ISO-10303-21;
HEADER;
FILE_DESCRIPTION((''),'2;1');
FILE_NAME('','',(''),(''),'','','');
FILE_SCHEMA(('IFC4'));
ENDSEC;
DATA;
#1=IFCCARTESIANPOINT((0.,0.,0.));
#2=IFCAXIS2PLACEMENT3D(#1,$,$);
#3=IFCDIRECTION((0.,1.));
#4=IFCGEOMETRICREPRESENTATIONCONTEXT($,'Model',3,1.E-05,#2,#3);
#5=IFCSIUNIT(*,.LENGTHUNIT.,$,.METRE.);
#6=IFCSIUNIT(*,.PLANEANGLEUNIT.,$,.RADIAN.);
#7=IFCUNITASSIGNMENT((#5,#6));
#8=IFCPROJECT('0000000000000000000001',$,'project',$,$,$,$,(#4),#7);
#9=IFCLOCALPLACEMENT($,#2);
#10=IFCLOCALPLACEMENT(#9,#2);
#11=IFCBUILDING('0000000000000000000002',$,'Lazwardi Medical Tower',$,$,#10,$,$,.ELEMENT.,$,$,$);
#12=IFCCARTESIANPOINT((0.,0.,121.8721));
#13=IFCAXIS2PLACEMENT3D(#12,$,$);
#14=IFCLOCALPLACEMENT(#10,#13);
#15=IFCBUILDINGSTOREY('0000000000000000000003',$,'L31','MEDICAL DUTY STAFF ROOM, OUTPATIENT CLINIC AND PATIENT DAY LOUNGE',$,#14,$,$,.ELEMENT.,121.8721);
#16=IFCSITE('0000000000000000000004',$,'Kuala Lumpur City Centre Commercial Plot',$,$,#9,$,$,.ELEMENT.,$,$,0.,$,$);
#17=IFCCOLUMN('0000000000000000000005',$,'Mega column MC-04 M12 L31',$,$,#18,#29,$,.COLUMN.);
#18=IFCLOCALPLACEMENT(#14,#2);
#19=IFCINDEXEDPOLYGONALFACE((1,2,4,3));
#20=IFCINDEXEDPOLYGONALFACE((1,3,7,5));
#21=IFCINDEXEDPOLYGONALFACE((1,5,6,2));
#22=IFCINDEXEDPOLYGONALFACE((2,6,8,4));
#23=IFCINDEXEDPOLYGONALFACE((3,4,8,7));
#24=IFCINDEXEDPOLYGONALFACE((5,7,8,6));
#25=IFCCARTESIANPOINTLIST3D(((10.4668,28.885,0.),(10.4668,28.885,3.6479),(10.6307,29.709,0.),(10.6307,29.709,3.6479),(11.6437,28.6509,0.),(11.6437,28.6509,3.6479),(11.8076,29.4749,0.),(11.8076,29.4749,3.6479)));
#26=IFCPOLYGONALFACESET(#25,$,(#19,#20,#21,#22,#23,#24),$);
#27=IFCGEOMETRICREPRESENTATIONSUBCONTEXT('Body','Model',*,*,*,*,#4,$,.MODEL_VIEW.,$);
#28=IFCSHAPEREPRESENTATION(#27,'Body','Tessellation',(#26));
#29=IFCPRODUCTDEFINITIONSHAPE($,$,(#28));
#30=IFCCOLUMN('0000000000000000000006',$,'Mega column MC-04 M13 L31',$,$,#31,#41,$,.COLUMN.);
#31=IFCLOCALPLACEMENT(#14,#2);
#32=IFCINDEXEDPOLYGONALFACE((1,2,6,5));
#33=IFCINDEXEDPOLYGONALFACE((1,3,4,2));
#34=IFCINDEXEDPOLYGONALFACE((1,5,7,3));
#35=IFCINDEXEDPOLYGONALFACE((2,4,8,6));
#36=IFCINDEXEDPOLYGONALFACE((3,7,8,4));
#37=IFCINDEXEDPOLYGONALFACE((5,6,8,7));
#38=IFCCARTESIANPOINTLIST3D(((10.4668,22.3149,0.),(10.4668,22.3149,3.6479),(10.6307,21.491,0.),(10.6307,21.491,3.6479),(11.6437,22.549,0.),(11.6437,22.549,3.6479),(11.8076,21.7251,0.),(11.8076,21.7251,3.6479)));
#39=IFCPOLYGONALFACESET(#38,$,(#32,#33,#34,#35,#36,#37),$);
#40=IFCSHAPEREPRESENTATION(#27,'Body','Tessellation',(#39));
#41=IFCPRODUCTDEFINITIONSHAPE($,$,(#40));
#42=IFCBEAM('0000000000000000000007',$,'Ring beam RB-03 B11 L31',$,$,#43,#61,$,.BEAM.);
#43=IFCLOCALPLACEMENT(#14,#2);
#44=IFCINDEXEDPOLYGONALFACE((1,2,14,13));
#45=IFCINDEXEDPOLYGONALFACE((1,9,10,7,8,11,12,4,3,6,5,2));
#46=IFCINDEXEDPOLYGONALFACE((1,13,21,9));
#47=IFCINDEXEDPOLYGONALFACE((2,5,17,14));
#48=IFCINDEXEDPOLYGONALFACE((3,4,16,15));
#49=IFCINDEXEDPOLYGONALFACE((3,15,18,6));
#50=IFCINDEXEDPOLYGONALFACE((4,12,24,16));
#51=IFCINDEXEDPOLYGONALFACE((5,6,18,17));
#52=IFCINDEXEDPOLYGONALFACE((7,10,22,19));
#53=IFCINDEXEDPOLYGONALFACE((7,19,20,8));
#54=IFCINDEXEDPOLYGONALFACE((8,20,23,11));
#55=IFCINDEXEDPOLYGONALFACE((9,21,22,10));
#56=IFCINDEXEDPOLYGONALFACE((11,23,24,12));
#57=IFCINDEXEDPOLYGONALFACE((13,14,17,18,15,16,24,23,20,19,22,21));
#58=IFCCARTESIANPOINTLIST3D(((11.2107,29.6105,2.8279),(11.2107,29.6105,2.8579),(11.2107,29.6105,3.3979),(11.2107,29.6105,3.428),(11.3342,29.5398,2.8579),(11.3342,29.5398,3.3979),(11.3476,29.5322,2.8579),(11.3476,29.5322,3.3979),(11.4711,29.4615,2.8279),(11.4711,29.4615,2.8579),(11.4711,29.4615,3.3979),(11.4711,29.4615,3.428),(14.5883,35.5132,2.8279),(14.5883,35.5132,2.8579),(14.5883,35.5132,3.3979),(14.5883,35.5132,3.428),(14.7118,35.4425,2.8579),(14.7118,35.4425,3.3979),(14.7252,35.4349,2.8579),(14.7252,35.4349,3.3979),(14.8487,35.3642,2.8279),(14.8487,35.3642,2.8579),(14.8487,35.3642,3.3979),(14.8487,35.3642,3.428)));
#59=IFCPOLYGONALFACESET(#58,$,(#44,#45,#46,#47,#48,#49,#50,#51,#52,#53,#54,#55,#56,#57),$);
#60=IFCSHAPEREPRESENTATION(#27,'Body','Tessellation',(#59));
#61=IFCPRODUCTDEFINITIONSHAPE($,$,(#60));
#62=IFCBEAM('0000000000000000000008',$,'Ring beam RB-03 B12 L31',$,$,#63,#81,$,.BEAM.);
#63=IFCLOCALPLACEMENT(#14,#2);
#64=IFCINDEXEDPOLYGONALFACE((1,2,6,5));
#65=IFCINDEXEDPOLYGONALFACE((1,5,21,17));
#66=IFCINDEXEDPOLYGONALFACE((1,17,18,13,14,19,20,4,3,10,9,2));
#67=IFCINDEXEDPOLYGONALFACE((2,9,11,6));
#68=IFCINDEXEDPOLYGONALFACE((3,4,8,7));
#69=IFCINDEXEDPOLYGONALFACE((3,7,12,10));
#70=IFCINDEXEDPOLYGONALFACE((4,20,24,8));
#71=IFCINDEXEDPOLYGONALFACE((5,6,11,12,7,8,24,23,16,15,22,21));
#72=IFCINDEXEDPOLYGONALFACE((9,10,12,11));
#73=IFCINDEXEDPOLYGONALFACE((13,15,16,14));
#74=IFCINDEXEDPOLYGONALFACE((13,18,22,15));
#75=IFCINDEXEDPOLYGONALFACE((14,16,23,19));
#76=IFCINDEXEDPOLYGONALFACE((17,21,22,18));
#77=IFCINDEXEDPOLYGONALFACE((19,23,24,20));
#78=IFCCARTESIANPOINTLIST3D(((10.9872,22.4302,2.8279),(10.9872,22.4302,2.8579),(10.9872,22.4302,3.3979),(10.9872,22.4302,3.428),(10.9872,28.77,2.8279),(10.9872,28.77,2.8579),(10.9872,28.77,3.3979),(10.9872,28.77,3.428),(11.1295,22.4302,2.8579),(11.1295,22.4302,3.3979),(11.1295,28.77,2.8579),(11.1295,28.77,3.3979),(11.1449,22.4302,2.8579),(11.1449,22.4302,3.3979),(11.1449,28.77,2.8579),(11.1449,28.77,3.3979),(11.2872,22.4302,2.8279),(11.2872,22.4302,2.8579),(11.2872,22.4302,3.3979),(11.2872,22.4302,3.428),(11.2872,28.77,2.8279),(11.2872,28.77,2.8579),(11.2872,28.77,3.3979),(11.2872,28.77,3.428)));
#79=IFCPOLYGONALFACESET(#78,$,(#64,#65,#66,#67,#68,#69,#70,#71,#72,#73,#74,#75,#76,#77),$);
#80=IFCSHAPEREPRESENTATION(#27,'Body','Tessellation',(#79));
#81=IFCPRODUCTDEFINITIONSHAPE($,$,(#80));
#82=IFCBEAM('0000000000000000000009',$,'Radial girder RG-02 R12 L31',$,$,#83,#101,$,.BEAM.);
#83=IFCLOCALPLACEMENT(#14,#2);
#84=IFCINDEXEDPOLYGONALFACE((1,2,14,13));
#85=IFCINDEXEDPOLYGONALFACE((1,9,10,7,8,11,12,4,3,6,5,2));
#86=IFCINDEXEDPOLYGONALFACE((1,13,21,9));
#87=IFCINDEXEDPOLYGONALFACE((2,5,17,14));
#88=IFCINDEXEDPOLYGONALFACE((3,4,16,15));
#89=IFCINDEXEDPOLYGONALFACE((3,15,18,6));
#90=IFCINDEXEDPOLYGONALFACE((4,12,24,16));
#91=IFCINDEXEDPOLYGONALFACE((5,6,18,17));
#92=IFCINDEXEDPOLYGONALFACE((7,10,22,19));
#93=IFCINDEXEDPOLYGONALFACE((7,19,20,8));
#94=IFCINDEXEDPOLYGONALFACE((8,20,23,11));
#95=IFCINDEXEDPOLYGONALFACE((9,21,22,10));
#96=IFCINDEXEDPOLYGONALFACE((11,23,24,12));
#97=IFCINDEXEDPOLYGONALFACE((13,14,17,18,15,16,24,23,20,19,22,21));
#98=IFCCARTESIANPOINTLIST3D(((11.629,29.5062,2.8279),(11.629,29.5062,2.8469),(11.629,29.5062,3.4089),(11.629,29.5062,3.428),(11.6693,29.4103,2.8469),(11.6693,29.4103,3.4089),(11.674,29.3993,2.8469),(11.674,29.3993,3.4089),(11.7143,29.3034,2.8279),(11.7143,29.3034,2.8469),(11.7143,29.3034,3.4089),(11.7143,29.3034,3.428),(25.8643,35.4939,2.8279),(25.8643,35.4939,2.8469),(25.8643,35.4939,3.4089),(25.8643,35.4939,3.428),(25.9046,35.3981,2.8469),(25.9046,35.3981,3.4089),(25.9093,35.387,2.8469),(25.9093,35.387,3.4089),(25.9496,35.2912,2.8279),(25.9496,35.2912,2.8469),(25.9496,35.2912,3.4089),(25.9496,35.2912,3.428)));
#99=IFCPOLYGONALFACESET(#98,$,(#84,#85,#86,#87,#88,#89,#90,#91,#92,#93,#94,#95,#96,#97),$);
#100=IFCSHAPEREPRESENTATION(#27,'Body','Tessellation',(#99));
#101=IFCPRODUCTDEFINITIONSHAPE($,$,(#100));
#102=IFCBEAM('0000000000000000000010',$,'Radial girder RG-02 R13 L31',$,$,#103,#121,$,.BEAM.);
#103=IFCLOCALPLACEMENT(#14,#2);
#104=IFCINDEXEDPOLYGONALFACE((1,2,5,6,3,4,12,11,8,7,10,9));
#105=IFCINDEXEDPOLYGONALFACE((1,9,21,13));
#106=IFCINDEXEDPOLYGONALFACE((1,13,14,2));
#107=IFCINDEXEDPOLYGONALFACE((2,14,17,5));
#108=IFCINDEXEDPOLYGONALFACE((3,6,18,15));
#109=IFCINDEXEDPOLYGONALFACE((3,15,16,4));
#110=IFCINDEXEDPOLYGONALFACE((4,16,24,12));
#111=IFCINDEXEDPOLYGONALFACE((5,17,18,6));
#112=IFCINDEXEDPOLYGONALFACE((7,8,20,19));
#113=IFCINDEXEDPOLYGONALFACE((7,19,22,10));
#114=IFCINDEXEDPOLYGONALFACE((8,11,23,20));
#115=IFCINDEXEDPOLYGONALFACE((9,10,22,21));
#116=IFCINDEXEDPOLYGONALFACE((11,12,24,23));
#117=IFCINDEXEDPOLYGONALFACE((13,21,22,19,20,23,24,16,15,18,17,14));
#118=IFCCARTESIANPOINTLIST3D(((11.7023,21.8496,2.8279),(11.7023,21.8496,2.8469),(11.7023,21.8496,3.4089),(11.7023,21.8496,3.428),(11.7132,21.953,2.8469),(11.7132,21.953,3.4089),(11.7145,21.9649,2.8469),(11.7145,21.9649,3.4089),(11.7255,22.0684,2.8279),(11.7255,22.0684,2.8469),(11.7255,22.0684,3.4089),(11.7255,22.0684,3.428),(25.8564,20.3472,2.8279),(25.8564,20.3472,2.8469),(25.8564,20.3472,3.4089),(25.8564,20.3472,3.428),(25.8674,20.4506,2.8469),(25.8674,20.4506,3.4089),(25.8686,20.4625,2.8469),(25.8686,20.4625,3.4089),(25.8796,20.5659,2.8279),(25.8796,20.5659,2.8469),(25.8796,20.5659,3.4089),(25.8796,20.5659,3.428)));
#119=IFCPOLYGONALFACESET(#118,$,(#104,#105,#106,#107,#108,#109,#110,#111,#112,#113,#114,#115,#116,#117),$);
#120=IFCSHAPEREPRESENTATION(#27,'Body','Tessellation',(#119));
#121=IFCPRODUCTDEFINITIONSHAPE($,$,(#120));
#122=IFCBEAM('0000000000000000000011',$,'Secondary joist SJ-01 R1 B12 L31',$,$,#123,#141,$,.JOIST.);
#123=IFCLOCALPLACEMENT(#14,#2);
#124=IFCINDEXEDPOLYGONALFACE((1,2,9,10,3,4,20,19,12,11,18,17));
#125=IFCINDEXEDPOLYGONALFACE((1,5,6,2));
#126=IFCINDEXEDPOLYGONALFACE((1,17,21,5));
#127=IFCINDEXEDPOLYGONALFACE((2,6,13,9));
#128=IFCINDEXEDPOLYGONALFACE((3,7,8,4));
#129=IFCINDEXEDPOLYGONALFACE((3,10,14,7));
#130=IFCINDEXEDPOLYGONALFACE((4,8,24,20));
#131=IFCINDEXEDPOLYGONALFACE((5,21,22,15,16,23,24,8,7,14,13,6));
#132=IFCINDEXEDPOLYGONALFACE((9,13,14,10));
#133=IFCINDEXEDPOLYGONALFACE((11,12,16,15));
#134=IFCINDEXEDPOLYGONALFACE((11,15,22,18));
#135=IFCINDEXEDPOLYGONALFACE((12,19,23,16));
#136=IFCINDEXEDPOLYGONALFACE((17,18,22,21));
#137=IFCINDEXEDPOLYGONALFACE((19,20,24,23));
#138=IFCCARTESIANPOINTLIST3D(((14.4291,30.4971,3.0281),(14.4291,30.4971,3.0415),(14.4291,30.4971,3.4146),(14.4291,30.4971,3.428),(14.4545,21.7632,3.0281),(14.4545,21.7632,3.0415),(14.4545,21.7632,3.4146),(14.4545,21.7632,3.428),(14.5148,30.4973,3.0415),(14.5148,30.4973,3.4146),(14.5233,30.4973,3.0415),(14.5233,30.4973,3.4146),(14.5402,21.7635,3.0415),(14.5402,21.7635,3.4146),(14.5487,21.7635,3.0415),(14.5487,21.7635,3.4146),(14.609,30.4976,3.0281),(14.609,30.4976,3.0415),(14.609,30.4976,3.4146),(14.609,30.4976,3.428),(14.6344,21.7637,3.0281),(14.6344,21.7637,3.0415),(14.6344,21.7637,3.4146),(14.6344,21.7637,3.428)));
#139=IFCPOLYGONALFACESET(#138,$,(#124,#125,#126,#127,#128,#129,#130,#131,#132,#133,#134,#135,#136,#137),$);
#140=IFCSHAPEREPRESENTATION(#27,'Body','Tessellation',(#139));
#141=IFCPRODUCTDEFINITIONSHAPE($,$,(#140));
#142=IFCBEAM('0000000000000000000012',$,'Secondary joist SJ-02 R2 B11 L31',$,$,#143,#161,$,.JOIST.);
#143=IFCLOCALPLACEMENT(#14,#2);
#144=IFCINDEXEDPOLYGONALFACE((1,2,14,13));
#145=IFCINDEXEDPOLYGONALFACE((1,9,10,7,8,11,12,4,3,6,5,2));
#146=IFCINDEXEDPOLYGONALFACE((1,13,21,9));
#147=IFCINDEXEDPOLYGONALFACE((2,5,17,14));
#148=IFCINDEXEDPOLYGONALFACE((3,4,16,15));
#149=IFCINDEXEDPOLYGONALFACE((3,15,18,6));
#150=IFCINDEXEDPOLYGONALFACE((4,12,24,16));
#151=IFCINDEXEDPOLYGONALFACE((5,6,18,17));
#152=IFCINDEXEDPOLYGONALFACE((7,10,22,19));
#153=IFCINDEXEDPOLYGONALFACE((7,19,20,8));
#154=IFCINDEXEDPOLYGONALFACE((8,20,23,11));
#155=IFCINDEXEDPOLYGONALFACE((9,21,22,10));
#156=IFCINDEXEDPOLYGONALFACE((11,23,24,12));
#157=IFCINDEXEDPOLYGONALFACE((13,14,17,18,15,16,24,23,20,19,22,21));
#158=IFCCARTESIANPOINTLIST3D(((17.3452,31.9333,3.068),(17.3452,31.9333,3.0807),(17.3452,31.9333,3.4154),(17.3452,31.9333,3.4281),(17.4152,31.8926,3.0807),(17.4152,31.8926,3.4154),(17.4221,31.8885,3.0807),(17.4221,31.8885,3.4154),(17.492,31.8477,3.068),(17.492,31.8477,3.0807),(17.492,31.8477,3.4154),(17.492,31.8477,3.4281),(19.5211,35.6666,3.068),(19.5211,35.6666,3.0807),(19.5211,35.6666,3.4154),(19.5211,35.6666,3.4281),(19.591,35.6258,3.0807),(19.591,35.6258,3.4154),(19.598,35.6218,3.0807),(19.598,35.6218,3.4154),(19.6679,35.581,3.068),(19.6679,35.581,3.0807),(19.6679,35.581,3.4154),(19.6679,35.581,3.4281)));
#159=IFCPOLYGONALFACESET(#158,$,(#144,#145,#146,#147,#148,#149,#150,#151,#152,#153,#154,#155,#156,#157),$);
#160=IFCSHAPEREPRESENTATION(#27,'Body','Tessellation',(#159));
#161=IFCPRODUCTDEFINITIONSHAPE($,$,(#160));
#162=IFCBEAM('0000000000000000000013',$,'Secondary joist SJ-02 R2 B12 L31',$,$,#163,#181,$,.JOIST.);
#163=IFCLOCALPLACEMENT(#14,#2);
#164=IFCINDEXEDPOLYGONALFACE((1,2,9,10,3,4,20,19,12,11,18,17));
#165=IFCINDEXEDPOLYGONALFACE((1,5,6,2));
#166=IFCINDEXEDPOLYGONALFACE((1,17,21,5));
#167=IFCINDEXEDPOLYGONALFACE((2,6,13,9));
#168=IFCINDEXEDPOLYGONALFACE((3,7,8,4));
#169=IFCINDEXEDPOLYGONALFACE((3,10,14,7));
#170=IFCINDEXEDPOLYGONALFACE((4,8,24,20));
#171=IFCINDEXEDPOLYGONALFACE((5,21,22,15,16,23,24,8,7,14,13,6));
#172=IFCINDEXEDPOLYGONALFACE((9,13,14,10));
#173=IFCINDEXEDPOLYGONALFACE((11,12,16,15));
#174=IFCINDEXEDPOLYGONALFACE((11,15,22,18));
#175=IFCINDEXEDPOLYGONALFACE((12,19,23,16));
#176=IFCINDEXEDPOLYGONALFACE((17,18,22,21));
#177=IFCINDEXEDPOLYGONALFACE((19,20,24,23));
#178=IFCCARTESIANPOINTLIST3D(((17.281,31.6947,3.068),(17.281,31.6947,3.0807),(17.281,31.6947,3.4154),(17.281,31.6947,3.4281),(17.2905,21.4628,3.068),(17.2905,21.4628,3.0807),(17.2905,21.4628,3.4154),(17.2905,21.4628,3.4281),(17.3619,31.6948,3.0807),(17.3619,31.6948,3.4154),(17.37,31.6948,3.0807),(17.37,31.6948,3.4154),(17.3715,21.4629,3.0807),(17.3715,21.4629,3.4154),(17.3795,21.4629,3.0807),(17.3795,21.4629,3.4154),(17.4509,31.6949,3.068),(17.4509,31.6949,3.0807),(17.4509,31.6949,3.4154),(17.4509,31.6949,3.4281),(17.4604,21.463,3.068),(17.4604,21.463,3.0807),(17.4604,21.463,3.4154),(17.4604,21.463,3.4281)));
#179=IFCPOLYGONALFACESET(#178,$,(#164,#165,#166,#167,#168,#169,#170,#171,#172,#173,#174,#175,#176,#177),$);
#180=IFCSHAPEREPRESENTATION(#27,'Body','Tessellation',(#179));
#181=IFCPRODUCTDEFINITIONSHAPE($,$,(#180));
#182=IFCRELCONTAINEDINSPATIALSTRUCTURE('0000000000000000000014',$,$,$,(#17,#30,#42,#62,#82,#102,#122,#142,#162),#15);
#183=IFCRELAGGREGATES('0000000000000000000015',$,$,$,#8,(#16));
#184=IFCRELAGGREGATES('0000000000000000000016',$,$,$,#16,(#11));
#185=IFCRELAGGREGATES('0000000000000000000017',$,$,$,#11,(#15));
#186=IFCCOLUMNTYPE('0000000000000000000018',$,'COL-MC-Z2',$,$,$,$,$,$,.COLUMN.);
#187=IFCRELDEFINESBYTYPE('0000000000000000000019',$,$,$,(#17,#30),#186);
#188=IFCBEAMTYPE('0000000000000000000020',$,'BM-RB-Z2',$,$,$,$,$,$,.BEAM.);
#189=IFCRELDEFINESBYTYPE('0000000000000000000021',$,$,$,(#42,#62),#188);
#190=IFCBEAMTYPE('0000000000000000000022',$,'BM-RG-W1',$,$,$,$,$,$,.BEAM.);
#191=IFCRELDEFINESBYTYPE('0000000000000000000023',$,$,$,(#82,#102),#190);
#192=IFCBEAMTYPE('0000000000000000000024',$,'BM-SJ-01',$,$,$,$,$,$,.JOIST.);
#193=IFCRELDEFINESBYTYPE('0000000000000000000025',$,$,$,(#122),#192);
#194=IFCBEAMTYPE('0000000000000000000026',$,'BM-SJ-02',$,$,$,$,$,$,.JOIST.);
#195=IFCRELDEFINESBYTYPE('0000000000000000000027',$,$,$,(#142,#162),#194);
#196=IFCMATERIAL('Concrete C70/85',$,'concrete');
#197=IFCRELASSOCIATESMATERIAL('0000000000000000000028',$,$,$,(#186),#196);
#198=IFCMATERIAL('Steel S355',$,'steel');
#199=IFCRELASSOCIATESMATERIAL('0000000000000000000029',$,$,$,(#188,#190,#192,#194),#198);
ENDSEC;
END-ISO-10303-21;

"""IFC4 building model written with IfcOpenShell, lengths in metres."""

from ifc_helpers import new_model, si_unit, direction, frame, origin, origin_2d, place, context, subcontext, project, spatial, rectangle, i_section, extrude, material, material_profile, profile_set, type_object, element, save


model = new_model("IFC4")

# Units and contexts
model_context = context("Model", 3, precision=1e-05, world=origin(), true_north=direction((0.0, 1.0)))
body_context = subcontext(model_context, "Body", "Model", "MODEL_VIEW")
ifc_project = project(units=[si_unit("LENGTHUNIT", "METRE"), si_unit("PLANEANGLEUNIT", "RADIAN")], contexts=[model_context])

# Site, building, storey
site_placement = place(None, origin())
site = spatial("IfcSite", under=ifc_project, at=site_placement, Name="Kuala Lumpur City Centre Commercial Plot", CompositionType="ELEMENT", RefElevation=0.0)
building_placement = place(site_placement, origin())
building = spatial("IfcBuilding", under=site, at=building_placement, Name="Lazwardi Medical Tower", CompositionType="ELEMENT")
storey_placement = place(building_placement, frame((0.0, 0.0, 121.8721)))
storey = spatial("IfcBuildingStorey", under=building, at=storey_placement, Name="L31", Description="MEDICAL DUTY STAFF ROOM, OUTPATIENT CLINIC AND PATIENT DAY LOUNGE", CompositionType="ELEMENT", Elevation=121.8721)

# Columns
ifc_material_1 = material(Name="Concrete C70/85", Category="concrete")
ifc_material_profile_1 = material_profile(ifc_material_1, rectangle(XDim=1.2, YDim=0.8401, at=origin_2d()), Name="CFT-RECT 1200x840")
ifc_profile_set_1 = profile_set([ifc_material_profile_1], Name="Concrete C70/85")
column_type = type_object("IfcColumnType", Name="COL-MC-Z2", PredefinedType="COLUMN", material=ifc_profile_set_1)
for number, where, z_axis, x_axis, name in (
    (1, (11.1372, 29.1799, 0.0), (0.0, 0.0, 1.0), (-0.980785, 0.19509, 0.0), "Mega column MC-04 M12 L31"),
    (2, (11.1372, 22.02, 0.0), (0.0, 0.0, 1.0), (-0.980785, -0.19509, 0.0), "Mega column MC-04 M13 L31"),
):
    element("IfcColumn", number, at=place(storey_placement, frame(where, z_axis=z_axis, x_axis=x_axis)), inside=storey, type_object=column_type, Name=name, PredefinedType="COLUMN", context=body_context, shape_type="SweptSolid", body=[
        extrude(rectangle(XDim=1.2, YDim=0.8401, at=origin_2d()), origin(), (0.0, 0.0, 1.0), 3.6479),
    ])

# Beams
ifc_material_2 = material(Name="Steel S355", Category="steel")
ifc_material_profile_2 = material_profile(ifc_material_2, i_section(OverallWidth=0.3, OverallDepth=0.6001, WebThickness=0.0154, FlangeThickness=0.03, at=origin_2d()), Name="HEB 600")
ifc_profile_set_2 = profile_set([ifc_material_profile_2], Name="Steel S355")
beam_type_1 = type_object("IfcBeamType", Name="BM-RB-Z2", PredefinedType="BEAM", material=ifc_profile_set_2)
beam_1_placement = place(storey_placement, frame((14.7185, 35.4387, 3.1279), z_axis=(-0.496653, -0.867949, 0.0), x_axis=(0.867949, -0.496653, 0.0)))
element("IfcBeam", 3, at=beam_1_placement, inside=storey, type_object=beam_type_1, Name="Ring beam RB-03 B11 L31", PredefinedType="BEAM", context=body_context, shape_type="SweptSolid", body=[
    extrude(i_section(OverallWidth=0.3, OverallDepth=0.6001, WebThickness=0.0154, FlangeThickness=0.03, at=origin_2d()), origin(), (0.0, 0.0, 1.0), 6.8008),
])
beam_2_placement = place(storey_placement, frame((11.1372, 28.77, 3.1279), z_axis=(0.0, -1.0, 0.0), x_axis=(1.0, 0.0, 0.0)))
element("IfcBeam", 4, at=beam_2_placement, inside=storey, type_object=beam_type_1, Name="Ring beam RB-03 B12 L31", PredefinedType="BEAM", context=body_context, shape_type="SweptSolid", body=[
    extrude(i_section(OverallWidth=0.3, OverallDepth=0.6001, WebThickness=0.0154, FlangeThickness=0.03, at=origin_2d()), origin(), (0.0, 0.0, 1.0), 6.3398),
])
ifc_material_profile_3 = material_profile(ifc_material_2, i_section(OverallWidth=0.22, OverallDepth=0.6001, WebThickness=0.012, FlangeThickness=0.019, at=origin_2d()), Name="IPE 600")
ifc_profile_set_3 = profile_set([ifc_material_profile_3], Name="Steel S355")
beam_type_2 = type_object("IfcBeamType", Name="BM-RG-W1", PredefinedType="BEAM", material=ifc_profile_set_3)
beam_3_placement = place(storey_placement, frame((11.6716, 29.4048, 3.1279), z_axis=(0.921775, 0.387725, 0.0), x_axis=(-0.387725, 0.921775, 0.0)))
element("IfcBeam", 5, at=beam_3_placement, inside=storey, type_object=beam_type_2, Name="Radial girder RG-02 R12 L31", PredefinedType="BEAM", context=body_context, shape_type="SweptSolid", body=[
    extrude(i_section(OverallWidth=0.22, OverallDepth=0.6001, WebThickness=0.012, FlangeThickness=0.019, at=origin_2d()), origin(), (0.0, 0.0, 1.0), 15.4434),
])
beam_4_placement = place(storey_placement, frame((11.7139, 21.959, 3.1279), z_axis=(0.994413, -0.105556, 0.0), x_axis=(0.105556, 0.994413, 0.0)))
element("IfcBeam", 6, at=beam_4_placement, inside=storey, type_object=beam_type_2, Name="Radial girder RG-02 R13 L31", PredefinedType="BEAM", context=body_context, shape_type="SweptSolid", body=[
    extrude(i_section(OverallWidth=0.22, OverallDepth=0.6001, WebThickness=0.012, FlangeThickness=0.019, at=origin_2d()), origin(), (0.0, 0.0, 1.0), 14.2336),
])
ifc_material_profile_4 = material_profile(ifc_material_2, i_section(OverallWidth=0.1799, OverallDepth=0.3999, WebThickness=0.0085, FlangeThickness=0.0134, at=origin_2d()), Name="IPE 400")
ifc_profile_set_4 = profile_set([ifc_material_profile_4], Name="Steel S355")
beam_type_3 = type_object("IfcBeamType", Name="BM-SJ-01", PredefinedType="JOIST", material=ifc_profile_set_4)
beam_5_placement = place(storey_placement, frame((14.519, 30.4973, 3.228), z_axis=(0.002907, -0.999996, 0.0), x_axis=(0.999996, 0.002907, 0.0)))
element("IfcBeam", 7, at=beam_5_placement, inside=storey, type_object=beam_type_3, Name="Secondary joist SJ-01 R1 B12 L31", PredefinedType="JOIST", context=body_context, shape_type="SweptSolid", body=[
    extrude(i_section(OverallWidth=0.1799, OverallDepth=0.3999, WebThickness=0.0085, FlangeThickness=0.0134, at=origin_2d()), origin(), (0.0, 0.0, 1.0), 8.7339),
])
ifc_material_profile_5 = material_profile(ifc_material_2, i_section(OverallWidth=0.1699, OverallDepth=0.3601, WebThickness=0.0081, FlangeThickness=0.0127, at=origin_2d()), Name="IPE 360")
ifc_profile_set_5 = profile_set([ifc_material_profile_5], Name="Steel S355")
beam_type_4 = type_object("IfcBeamType", Name="BM-SJ-02", PredefinedType="JOIST", material=ifc_profile_set_5)
beam_6_placement = place(storey_placement, frame((19.5945, 35.6238, 3.248), z_axis=(-0.503544, -0.863969, 0.0), x_axis=(0.863969, -0.503544, 0.0)))
element("IfcBeam", 8, at=beam_6_placement, inside=storey, type_object=beam_type_4, Name="Secondary joist SJ-02 R2 B11 L31", PredefinedType="JOIST", context=body_context, shape_type="SweptSolid", body=[
    extrude(i_section(OverallWidth=0.1699, OverallDepth=0.3601, WebThickness=0.0081, FlangeThickness=0.0127, at=origin_2d()), origin(), (0.0, 0.0, 1.0), 4.321),
])
beam_7_placement = place(storey_placement, frame((17.366, 31.6948, 3.248), z_axis=(0.000931, -1.0, 0.0), x_axis=(1.0, 0.000931, 0.0)))
element("IfcBeam", 9, at=beam_7_placement, inside=storey, type_object=beam_type_4, Name="Secondary joist SJ-02 R2 B12 L31", PredefinedType="JOIST", context=body_context, shape_type="SweptSolid", body=[
    extrude(i_section(OverallWidth=0.1699, OverallDepth=0.3601, WebThickness=0.0081, FlangeThickness=0.0127, at=origin_2d()), origin(), (0.0, 0.0, 1.0), 10.2319),
])

save(model, "model.ifc")
